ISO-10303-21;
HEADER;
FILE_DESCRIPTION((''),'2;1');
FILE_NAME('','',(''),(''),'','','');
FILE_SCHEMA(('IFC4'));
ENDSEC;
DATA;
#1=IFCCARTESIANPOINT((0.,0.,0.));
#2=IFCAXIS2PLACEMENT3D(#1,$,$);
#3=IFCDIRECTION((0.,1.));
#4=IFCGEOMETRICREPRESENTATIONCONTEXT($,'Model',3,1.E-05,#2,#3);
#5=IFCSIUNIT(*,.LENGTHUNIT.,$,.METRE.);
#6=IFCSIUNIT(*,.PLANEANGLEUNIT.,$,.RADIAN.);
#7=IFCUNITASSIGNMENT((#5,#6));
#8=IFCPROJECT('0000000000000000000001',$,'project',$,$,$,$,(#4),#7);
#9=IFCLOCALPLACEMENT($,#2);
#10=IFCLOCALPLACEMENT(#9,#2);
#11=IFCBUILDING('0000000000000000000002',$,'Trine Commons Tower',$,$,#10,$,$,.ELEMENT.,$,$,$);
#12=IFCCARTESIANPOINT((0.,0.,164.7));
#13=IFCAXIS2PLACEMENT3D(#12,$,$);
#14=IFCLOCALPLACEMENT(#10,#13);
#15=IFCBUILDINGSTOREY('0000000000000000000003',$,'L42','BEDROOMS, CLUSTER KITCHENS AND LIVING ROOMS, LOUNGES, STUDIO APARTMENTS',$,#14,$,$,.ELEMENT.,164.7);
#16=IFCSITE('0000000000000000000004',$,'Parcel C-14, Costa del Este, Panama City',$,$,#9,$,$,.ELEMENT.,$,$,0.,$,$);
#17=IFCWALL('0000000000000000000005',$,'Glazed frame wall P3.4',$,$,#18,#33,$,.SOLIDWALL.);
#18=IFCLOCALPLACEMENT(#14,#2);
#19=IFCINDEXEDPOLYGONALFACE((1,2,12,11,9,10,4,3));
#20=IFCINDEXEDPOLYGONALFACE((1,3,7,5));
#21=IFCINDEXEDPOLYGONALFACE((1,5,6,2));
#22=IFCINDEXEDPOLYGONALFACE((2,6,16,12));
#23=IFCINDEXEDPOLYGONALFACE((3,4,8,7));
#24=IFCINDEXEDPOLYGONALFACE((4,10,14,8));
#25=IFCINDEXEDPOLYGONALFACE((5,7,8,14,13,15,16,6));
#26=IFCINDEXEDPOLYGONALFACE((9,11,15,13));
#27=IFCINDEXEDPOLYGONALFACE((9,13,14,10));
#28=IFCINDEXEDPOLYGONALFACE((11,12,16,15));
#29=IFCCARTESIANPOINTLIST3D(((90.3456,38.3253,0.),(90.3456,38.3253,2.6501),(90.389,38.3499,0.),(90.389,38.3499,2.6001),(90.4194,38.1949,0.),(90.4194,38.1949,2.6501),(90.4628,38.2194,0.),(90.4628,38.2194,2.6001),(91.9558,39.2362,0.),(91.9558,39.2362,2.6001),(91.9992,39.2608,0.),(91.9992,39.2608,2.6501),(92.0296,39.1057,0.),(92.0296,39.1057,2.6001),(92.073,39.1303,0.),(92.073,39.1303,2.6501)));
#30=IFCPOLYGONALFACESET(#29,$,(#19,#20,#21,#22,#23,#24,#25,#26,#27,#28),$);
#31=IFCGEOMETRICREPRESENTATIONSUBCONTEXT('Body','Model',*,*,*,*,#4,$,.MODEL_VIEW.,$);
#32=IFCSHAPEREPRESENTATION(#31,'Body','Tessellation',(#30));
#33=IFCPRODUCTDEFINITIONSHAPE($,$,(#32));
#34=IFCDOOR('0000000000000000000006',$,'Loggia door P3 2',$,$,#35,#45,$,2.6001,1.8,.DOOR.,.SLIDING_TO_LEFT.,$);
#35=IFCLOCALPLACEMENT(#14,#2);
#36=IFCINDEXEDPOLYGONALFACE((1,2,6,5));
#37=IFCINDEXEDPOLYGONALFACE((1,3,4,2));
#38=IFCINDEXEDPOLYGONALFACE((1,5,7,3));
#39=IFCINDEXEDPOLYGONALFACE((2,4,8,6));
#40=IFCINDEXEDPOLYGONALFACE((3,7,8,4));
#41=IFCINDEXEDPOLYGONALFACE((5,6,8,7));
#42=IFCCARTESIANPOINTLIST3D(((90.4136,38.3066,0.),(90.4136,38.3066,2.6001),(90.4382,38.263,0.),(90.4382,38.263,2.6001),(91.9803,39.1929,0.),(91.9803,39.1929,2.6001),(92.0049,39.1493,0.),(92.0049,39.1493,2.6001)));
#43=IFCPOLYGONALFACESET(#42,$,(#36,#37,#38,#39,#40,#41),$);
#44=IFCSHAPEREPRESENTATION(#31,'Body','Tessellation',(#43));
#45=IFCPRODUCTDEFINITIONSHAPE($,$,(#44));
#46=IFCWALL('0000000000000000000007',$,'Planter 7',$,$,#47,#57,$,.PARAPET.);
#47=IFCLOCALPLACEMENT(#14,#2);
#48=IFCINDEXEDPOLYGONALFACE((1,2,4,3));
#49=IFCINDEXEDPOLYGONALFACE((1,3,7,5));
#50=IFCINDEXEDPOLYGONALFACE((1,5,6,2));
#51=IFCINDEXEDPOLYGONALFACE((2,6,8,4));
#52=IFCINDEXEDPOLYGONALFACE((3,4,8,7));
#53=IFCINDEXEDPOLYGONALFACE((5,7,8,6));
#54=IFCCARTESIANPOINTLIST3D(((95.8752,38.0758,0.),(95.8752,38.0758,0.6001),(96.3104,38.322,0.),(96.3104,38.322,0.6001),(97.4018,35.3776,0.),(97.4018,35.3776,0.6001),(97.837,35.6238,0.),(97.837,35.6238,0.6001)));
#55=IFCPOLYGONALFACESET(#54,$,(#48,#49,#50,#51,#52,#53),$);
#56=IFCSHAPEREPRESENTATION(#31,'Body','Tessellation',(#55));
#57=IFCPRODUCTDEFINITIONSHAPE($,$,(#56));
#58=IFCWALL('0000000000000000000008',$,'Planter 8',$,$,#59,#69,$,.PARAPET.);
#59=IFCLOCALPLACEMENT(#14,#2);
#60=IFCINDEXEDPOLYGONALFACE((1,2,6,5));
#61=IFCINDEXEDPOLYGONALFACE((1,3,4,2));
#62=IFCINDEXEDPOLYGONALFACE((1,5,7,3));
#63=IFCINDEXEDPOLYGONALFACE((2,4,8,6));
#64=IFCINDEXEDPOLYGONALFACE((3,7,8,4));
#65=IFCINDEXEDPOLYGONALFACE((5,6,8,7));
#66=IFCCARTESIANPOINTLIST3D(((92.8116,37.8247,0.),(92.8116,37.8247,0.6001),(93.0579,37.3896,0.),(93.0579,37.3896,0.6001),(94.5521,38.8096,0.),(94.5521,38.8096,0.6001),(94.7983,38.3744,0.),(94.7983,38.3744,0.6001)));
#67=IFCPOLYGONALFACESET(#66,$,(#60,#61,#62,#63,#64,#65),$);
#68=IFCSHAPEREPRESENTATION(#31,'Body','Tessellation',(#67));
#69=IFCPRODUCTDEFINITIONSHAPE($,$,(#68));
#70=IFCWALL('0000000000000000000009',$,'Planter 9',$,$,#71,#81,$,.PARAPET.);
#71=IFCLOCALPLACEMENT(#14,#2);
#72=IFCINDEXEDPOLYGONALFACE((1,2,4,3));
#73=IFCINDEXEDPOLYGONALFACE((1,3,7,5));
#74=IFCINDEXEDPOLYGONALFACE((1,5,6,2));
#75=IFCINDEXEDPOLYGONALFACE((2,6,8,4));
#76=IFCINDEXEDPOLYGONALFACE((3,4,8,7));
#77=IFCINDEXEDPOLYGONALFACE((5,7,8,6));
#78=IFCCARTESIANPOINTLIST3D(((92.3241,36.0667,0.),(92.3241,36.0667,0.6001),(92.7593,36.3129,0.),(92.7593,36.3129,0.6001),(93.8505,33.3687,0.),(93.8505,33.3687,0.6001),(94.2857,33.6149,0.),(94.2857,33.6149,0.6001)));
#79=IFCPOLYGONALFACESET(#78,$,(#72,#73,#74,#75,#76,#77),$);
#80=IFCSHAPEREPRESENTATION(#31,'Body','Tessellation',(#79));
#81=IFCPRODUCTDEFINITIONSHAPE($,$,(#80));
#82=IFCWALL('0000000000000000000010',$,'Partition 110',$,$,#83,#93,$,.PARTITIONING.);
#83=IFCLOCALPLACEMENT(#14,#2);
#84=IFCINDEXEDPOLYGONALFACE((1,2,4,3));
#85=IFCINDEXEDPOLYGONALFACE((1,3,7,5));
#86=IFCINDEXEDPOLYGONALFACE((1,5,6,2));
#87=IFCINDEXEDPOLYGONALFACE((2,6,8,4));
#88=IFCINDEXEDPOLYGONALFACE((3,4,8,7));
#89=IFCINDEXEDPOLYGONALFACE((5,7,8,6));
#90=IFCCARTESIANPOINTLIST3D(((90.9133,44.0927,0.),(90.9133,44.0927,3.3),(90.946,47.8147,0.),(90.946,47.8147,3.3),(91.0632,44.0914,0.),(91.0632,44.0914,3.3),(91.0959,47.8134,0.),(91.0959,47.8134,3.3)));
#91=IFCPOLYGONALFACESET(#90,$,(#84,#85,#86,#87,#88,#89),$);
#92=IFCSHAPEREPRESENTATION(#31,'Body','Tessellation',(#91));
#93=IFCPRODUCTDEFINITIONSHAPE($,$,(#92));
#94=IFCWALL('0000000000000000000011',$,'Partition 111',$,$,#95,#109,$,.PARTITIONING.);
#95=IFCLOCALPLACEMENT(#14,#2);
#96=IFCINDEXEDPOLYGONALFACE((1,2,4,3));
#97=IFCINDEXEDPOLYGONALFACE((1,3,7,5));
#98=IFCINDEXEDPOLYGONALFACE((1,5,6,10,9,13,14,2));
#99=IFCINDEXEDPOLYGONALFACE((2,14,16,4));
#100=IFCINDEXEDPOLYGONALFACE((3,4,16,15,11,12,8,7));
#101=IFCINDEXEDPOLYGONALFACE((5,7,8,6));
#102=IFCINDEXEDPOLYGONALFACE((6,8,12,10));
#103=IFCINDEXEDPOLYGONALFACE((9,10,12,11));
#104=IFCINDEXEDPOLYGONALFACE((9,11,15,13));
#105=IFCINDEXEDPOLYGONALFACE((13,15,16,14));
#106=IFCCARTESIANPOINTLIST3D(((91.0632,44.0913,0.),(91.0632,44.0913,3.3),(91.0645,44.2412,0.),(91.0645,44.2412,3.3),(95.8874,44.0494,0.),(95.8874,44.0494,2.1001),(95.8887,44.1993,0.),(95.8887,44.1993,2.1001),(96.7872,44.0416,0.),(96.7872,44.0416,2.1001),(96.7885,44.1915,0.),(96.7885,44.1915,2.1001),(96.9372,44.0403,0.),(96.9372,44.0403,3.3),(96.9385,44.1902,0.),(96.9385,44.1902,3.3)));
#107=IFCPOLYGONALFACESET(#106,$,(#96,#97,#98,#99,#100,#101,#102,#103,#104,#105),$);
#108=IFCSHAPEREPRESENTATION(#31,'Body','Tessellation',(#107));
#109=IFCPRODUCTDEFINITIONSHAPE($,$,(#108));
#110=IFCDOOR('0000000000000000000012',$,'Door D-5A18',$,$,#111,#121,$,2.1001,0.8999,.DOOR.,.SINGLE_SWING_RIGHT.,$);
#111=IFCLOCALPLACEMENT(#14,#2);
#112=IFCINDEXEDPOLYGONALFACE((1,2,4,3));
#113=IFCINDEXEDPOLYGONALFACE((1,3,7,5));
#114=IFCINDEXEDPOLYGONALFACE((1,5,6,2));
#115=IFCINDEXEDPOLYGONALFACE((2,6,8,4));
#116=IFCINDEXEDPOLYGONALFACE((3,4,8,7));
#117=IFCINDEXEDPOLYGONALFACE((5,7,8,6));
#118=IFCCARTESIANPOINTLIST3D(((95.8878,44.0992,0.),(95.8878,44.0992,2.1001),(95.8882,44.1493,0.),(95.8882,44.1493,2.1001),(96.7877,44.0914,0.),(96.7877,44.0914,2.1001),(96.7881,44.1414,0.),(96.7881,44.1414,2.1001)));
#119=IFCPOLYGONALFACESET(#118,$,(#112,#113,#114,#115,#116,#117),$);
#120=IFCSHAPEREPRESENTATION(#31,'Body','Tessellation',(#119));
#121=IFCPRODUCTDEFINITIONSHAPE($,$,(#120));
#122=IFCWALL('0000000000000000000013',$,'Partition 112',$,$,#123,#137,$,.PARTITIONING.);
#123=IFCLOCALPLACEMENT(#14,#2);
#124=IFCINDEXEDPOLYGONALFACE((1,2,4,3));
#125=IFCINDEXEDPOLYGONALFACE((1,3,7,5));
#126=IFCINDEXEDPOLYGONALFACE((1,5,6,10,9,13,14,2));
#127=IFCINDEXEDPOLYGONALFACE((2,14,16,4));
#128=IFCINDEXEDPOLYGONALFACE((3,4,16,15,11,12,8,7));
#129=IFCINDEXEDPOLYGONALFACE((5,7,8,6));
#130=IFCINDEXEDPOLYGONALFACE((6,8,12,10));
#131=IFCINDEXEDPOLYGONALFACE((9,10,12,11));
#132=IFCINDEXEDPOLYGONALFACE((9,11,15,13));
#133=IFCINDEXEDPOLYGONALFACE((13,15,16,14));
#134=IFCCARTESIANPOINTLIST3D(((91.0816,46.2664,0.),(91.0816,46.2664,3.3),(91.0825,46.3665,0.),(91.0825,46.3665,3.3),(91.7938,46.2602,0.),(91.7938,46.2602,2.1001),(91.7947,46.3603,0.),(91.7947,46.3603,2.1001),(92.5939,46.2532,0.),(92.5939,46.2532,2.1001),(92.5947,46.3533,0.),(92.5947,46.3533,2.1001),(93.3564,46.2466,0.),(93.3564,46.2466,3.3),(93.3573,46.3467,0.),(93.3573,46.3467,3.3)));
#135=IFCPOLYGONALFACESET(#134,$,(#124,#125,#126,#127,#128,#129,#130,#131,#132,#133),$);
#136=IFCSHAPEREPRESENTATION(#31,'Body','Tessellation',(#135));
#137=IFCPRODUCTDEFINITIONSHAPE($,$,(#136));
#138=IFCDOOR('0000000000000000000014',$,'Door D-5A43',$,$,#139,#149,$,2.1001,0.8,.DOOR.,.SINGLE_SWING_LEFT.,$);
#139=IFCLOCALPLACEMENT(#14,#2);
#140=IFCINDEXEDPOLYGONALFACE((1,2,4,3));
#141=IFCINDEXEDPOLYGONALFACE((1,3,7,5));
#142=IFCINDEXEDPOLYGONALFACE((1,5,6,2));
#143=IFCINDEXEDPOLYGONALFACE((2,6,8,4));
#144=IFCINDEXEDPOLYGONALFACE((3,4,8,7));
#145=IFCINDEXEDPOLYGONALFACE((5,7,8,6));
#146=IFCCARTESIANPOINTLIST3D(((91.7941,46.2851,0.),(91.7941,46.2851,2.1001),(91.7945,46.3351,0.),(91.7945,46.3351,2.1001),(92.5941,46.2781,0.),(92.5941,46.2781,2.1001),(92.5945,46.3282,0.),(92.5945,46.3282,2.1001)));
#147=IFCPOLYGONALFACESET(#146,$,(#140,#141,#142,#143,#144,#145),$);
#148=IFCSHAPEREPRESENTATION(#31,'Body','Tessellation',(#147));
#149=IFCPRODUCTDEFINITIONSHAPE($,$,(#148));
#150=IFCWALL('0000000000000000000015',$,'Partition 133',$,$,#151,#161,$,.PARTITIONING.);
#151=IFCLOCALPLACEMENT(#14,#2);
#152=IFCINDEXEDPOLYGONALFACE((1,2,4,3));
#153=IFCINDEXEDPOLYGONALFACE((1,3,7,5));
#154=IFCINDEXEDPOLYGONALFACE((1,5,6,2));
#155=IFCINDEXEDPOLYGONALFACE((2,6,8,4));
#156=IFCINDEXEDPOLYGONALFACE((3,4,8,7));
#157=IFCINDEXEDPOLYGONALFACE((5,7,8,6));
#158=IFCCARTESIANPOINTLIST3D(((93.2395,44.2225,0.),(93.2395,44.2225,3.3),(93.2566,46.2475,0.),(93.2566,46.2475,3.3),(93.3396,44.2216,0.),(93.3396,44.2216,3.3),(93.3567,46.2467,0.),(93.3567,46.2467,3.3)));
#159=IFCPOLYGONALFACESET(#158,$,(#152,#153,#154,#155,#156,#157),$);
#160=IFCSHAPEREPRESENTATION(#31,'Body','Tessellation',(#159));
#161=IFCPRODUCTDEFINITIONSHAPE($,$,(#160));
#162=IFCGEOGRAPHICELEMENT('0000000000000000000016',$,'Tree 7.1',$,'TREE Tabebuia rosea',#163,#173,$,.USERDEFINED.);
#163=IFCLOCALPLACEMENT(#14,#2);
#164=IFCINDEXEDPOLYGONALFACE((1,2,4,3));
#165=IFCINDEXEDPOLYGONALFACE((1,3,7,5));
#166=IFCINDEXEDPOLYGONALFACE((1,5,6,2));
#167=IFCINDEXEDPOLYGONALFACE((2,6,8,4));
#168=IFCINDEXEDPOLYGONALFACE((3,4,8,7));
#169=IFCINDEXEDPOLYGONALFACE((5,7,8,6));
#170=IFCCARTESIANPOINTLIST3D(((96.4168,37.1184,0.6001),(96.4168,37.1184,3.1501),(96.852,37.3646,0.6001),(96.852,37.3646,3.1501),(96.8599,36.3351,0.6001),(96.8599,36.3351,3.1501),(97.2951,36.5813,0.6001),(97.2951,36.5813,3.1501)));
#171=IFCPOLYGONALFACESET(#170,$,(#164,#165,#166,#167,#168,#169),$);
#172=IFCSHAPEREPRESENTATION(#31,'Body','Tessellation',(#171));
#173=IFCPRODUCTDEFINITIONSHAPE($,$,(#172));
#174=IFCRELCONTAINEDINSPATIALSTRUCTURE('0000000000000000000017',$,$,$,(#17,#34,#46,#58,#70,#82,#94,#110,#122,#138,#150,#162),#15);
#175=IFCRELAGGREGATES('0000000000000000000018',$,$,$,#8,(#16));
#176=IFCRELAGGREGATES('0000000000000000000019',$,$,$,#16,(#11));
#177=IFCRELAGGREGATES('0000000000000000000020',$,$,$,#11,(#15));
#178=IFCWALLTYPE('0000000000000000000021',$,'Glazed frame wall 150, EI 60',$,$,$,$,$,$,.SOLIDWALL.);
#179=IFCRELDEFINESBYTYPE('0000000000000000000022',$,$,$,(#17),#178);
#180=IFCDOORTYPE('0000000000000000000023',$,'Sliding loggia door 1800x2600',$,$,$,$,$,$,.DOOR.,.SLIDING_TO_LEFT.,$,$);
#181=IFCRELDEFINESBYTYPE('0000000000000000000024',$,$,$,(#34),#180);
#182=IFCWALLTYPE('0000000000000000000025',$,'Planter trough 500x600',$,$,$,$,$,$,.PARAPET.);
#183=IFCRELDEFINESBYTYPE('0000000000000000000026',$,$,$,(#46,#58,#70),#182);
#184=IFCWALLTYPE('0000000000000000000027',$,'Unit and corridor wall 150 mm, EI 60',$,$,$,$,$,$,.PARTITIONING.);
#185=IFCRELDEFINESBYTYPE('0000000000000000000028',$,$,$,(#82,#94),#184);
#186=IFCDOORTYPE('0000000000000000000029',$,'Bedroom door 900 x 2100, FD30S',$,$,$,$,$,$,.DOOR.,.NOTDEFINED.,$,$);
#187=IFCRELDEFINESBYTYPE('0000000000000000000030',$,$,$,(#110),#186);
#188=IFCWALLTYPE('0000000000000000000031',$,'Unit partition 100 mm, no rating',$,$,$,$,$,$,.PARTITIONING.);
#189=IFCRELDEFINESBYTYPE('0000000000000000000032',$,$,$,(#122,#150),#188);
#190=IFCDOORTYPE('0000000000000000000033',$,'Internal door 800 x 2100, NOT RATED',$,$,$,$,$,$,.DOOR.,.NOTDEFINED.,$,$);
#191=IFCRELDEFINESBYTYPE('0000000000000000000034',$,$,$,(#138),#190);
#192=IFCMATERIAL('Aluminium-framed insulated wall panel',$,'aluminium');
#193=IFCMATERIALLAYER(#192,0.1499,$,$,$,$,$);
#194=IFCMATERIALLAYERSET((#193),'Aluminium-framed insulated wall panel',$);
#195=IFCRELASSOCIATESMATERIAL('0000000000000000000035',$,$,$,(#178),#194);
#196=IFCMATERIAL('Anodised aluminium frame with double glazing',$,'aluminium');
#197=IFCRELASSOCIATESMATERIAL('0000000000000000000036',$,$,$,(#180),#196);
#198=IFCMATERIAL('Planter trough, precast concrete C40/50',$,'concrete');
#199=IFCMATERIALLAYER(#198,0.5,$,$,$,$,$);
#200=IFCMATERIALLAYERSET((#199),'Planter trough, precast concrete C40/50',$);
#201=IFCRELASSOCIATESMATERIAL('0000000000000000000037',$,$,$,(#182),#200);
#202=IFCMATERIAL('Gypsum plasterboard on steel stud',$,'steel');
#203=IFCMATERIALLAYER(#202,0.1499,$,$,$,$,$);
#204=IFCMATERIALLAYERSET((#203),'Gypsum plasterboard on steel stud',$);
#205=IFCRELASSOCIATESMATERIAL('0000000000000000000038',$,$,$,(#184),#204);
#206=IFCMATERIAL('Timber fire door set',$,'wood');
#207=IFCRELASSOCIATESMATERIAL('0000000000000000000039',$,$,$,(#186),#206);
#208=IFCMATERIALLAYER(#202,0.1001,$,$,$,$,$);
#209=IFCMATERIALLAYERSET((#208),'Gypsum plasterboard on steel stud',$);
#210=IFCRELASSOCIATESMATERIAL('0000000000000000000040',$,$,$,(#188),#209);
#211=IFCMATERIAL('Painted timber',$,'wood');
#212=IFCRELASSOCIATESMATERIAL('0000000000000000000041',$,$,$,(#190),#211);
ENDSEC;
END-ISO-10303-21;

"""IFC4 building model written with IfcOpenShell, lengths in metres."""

from ifc_helpers import new_model, si_unit, direction, frame, frame_2d, origin, origin_2d, place, context, subcontext, project, spatial, polyline, rectangle, outline, extrude, material, layer, layer_set, type_object, element, fill, save


model = new_model("IFC4")

# Units and contexts
model_context = context("Model", 3, precision=1e-05, world=origin(), true_north=direction((0.0, 1.0)))
body_context = subcontext(model_context, "Body", "Model", "MODEL_VIEW")
ifc_project = project(units=[si_unit("LENGTHUNIT", "METRE"), si_unit("PLANEANGLEUNIT", "RADIAN")], contexts=[model_context])

# Site, building, storey
site_placement = place(None, origin())
site = spatial("IfcSite", under=ifc_project, at=site_placement, Name="Parcel C-14, Costa del Este, Panama City", CompositionType="ELEMENT", RefElevation=0.0)
building_placement = place(site_placement, origin())
building = spatial("IfcBuilding", under=site, at=building_placement, Name="Trine Commons Tower", CompositionType="ELEMENT")
storey_placement = place(building_placement, frame((0.0, 0.0, 164.7)))
storey = spatial("IfcBuildingStorey", under=building, at=storey_placement, Name="L42", Description="BEDROOMS, CLUSTER KITCHENS AND LIVING ROOMS, LOUNGES, STUDIO APARTMENTS", CompositionType="ELEMENT", Elevation=164.7)

# Shared definitions
ifc_material_1 = material(Name="Aluminium-framed insulated wall panel", Category="aluminium")
ifc_layer_1 = layer(ifc_material_1, 0.1499)
ifc_layer_set_1 = layer_set([ifc_layer_1], Name="Aluminium-framed insulated wall panel")
wall_type_1 = type_object("IfcWallType", Name="Glazed frame wall 150, EI 60", PredefinedType="SOLIDWALL", material=ifc_layer_set_1)

# Shared definitions
ifc_material_2 = material(Name="Anodised aluminium frame with double glazing", Category="aluminium")
door_type_1 = type_object("IfcDoorType", Name="Sliding loggia door 1800x2600", OperationType="SLIDING_TO_LEFT", PredefinedType="DOOR", material=ifc_material_2)

# Wall, opening, door
wall_1_placement = place(storey_placement, frame((92.0361, 39.1956, 0.0), z_axis=(0.0, 0.0, 1.0), x_axis=(-0.870386, -0.492371, 0.0)))
wall_1 = element("IfcWall", 1, at=wall_1_placement, inside=storey, type_object=wall_type_1, Name="Glazed frame wall P3.4", PredefinedType="SOLIDWALL", context=body_context, shape_type="SweptSolid", body=[
    extrude(outline(polyline([(0.0, -0.075), (1.8999, -0.075), (1.8999, 0.075), (0.0, 0.075), (0.0, -0.075)])), origin(), (0.0, 0.0, 1.0), 2.6501),
])
opening_1_placement = place(wall_1_placement, frame((0.05, 0.0, 0.0)))
opening_1 = element("IfcOpeningElement", 2, at=opening_1_placement, cuts=wall_1, PredefinedType="OPENING", context=body_context, shape_type="SweptSolid", body=[
    extrude(rectangle(XDim=1.8, YDim=2.6001, at=frame_2d((0.8999, 1.3))), frame((0.0, 0.085, 0.0), z_axis=(0.0, -1.0, 0.0), x_axis=(1.0, 0.0, 0.0)), (0.0, 0.0, 1.0), 0.1699),
])
door_1_placement = place(opening_1_placement, origin())
door_1 = element("IfcDoor", 3, at=door_1_placement, inside=storey, type_object=door_type_1, Name="Loggia door P3 2", OperationType="SLIDING_TO_LEFT", OverallHeight=2.6001, OverallWidth=1.8, PredefinedType="DOOR", context=body_context, shape_type="SweptSolid", body=[
    extrude(rectangle(XDim=1.8, YDim=2.6001, at=frame_2d((0.8999, 1.3))), frame((0.0, 0.0249, 0.0), z_axis=(0.0, -1.0, 0.0), x_axis=(1.0, 0.0, 0.0)), (0.0, 0.0, 1.0), 0.05),
])
fill(opening_1, door_1)

# Walls
ifc_material_3 = material(Name="Planter trough, precast concrete C40/50", Category="concrete")
ifc_layer_2 = layer(ifc_material_3, 0.5)
ifc_layer_set_2 = layer_set([ifc_layer_2], Name="Planter trough, precast concrete C40/50")
wall_type_2 = type_object("IfcWallType", Name="Planter trough 500x600", PredefinedType="PARAPET", material=ifc_layer_set_2)
wall_2_placement = place(storey_placement, frame((97.6194, 35.5007, 0.0), z_axis=(0.0, 0.0, 1.0), x_axis=(-0.492428, 0.870353, 0.0)))
element("IfcWall", 4, at=wall_2_placement, inside=storey, type_object=wall_type_2, Name="Planter 7", PredefinedType="PARAPET", context=body_context, shape_type="SweptSolid", body=[
    extrude(rectangle(XDim=3.1001, YDim=0.5, at=frame_2d((1.55, 0.0))), origin(), (0.0, 0.0, 1.0), 0.6001),
])
wall_3_placement = place(storey_placement, frame((94.6753, 38.592, 0.0), z_axis=(0.0, 0.0, 1.0), x_axis=(-0.870324, -0.49248, 0.0)))
element("IfcWall", 5, at=wall_3_placement, inside=storey, type_object=wall_type_2, Name="Planter 8", PredefinedType="PARAPET", context=body_context, shape_type="SweptSolid", body=[
    extrude(rectangle(XDim=1.9998, YDim=0.5, at=frame_2d((1.0, 0.0))), origin(), (0.0, 0.0, 1.0), 0.6001),
])
wall_4_placement = place(storey_placement, frame((92.5417, 36.1897, 0.0), z_axis=(0.0, 0.0, 1.0), x_axis=(0.492402, -0.870368, 0.0)))
element("IfcWall", 6, at=wall_4_placement, inside=storey, type_object=wall_type_2, Name="Planter 9", PredefinedType="PARAPET", context=body_context, shape_type="SweptSolid", body=[
    extrude(rectangle(XDim=3.0999, YDim=0.5, at=frame_2d((1.5498, 0.0))), origin(), (0.0, 0.0, 1.0), 0.6001),
])
ifc_material_4 = material(Name="Gypsum plasterboard on steel stud", Category="steel")
ifc_layer_3 = layer(ifc_material_4, 0.1499)
ifc_layer_set_3 = layer_set([ifc_layer_3], Name="Gypsum plasterboard on steel stud")
wall_type_3 = type_object("IfcWallType", Name="Unit and corridor wall 150 mm, EI 60", PredefinedType="PARTITIONING", material=ifc_layer_set_3)
wall_5_placement = place(storey_placement, frame((90.9883, 44.092, 0.0), z_axis=(0.0, 0.0, 1.0), x_axis=(0.008789, 0.999961, 0.0)))
element("IfcWall", 7, at=wall_5_placement, inside=storey, type_object=wall_type_3, Name="Partition 110", PredefinedType="PARTITIONING", context=body_context, shape_type="SweptSolid", body=[
    extrude(rectangle(XDim=3.7222, YDim=0.1499, at=frame_2d((1.8611, 0.0))), origin(), (0.0, 0.0, 1.0), 3.3),
])

# Walls, openings, doors
wall_6_placement = place(storey_placement, frame((91.064, 44.1663, 0.0), z_axis=(0.0, 0.0, 1.0), x_axis=(0.999962, -0.008686, 0.0)))
wall_6 = element("IfcWall", 8, at=wall_6_placement, inside=storey, type_object=wall_type_3, Name="Partition 111", PredefinedType="PARTITIONING", context=body_context, shape_type="SweptSolid", body=[
    extrude(rectangle(XDim=5.8743, YDim=0.1499, at=frame_2d((2.937, 0.0))), origin(), (0.0, 0.0, 1.0), 3.3),
])
opening_2_placement = place(wall_6_placement, frame((4.8242, 0.0, 0.0)))
opening_2 = element("IfcOpeningElement", 9, at=opening_2_placement, cuts=wall_6, PredefinedType="OPENING", context=body_context, shape_type="SweptSolid", body=[
    extrude(rectangle(XDim=0.8999, YDim=2.1001, at=frame_2d((0.45, 1.05))), frame((0.0, 0.085, 0.0), z_axis=(0.0, -1.0, 0.0), x_axis=(1.0, 0.0, 0.0)), (0.0, 0.0, 1.0), 0.1699),
])
ifc_material_5 = material(Name="Timber fire door set", Category="wood")
door_type_2 = type_object("IfcDoorType", Name="Bedroom door 900 x 2100, FD30S", OperationType="NOTDEFINED", PredefinedType="DOOR", material=ifc_material_5)
door_2_placement = place(opening_2_placement, origin())
door_2 = element("IfcDoor", 10, at=door_2_placement, inside=storey, type_object=door_type_2, Name="Door D-5A18", OperationType="SINGLE_SWING_RIGHT", OverallHeight=2.1001, OverallWidth=0.8999, PredefinedType="DOOR", context=body_context, shape_type="SweptSolid", body=[
    extrude(rectangle(XDim=0.8999, YDim=2.1001, at=frame_2d((0.45, 1.05))), frame((0.0, 0.0249, 0.0), z_axis=(0.0, -1.0, 0.0), x_axis=(1.0, 0.0, 0.0)), (0.0, 0.0, 1.0), 0.05),
])
fill(opening_2, door_2)
ifc_layer_4 = layer(ifc_material_4, 0.1001)
ifc_layer_set_4 = layer_set([ifc_layer_4], Name="Gypsum plasterboard on steel stud")
wall_type_4 = type_object("IfcWallType", Name="Unit partition 100 mm, no rating", PredefinedType="PARTITIONING", material=ifc_layer_set_4)
wall_7_placement = place(storey_placement, frame((91.082, 46.3164, 0.0), z_axis=(0.0, 0.0, 1.0), x_axis=(0.999962, -0.008693, 0.0)))
wall_7 = element("IfcWall", 11, at=wall_7_placement, inside=storey, type_object=wall_type_4, Name="Partition 112", PredefinedType="PARTITIONING", context=body_context, shape_type="SweptSolid", body=[
    extrude(rectangle(XDim=2.2749, YDim=0.1001, at=frame_2d((1.1375, 0.0))), origin(), (0.0, 0.0, 1.0), 3.3),
])
opening_3_placement = place(wall_7_placement, frame((0.7124, 0.0, 0.0)))
opening_3 = element("IfcOpeningElement", 12, at=opening_3_placement, cuts=wall_7, PredefinedType="OPENING", context=body_context, shape_type="SweptSolid", body=[
    extrude(rectangle(XDim=0.8, YDim=2.1001, at=frame_2d((0.3999, 1.05))), frame((0.0, 0.0601, 0.0), z_axis=(0.0, -1.0, 0.0), x_axis=(1.0, 0.0, 0.0)), (0.0, 0.0, 1.0), 0.1201),
])
ifc_material_6 = material(Name="Painted timber", Category="wood")
door_type_3 = type_object("IfcDoorType", Name="Internal door 800 x 2100, NOT RATED", OperationType="NOTDEFINED", PredefinedType="DOOR", material=ifc_material_6)
door_3_placement = place(opening_3_placement, origin())
door_3 = element("IfcDoor", 13, at=door_3_placement, inside=storey, type_object=door_type_3, Name="Door D-5A43", OperationType="SINGLE_SWING_LEFT", OverallHeight=2.1001, OverallWidth=0.8, PredefinedType="DOOR", context=body_context, shape_type="SweptSolid", body=[
    extrude(rectangle(XDim=0.8, YDim=2.1001, at=frame_2d((0.3999, 1.05))), frame((0.0, 0.0249, 0.0), z_axis=(0.0, -1.0, 0.0), x_axis=(1.0, 0.0, 0.0)), (0.0, 0.0, 1.0), 0.05),
])
fill(opening_3, door_3)

# Wall
wall_8_placement = place(storey_placement, frame((93.2896, 44.2219, 0.0), z_axis=(0.0, 0.0, 1.0), x_axis=(0.008439, 0.999964, 0.0)))
element("IfcWall", 14, at=wall_8_placement, inside=storey, type_object=wall_type_4, Name="Partition 133", PredefinedType="PARTITIONING", context=body_context, shape_type="SweptSolid", body=[
    extrude(rectangle(XDim=2.0251, YDim=0.1001, at=frame_2d((1.0127, 0.0))), origin(), (0.0, 0.0, 1.0), 3.3),
])

# Geographic element
for number, where, z_axis, x_axis, name in (
    (15, (96.856, 36.8499, 0.6001), (0.0, 0.0, 1.0), (-0.492421, 0.870357, 0.0), "Tree 7.1"),
):
    element("IfcGeographicElement", number, at=place(storey_placement, frame(where, z_axis=z_axis, x_axis=x_axis)), inside=storey, Name=name, ObjectType="TREE Tabebuia rosea", PredefinedType="USERDEFINED", context=body_context, shape_type="SweptSolid", body=[
        extrude(rectangle(XDim=0.8999, YDim=0.5, at=origin_2d()), origin(), (0.0, 0.0, 1.0), 2.55),
    ])

save(model, "model.ifc")
